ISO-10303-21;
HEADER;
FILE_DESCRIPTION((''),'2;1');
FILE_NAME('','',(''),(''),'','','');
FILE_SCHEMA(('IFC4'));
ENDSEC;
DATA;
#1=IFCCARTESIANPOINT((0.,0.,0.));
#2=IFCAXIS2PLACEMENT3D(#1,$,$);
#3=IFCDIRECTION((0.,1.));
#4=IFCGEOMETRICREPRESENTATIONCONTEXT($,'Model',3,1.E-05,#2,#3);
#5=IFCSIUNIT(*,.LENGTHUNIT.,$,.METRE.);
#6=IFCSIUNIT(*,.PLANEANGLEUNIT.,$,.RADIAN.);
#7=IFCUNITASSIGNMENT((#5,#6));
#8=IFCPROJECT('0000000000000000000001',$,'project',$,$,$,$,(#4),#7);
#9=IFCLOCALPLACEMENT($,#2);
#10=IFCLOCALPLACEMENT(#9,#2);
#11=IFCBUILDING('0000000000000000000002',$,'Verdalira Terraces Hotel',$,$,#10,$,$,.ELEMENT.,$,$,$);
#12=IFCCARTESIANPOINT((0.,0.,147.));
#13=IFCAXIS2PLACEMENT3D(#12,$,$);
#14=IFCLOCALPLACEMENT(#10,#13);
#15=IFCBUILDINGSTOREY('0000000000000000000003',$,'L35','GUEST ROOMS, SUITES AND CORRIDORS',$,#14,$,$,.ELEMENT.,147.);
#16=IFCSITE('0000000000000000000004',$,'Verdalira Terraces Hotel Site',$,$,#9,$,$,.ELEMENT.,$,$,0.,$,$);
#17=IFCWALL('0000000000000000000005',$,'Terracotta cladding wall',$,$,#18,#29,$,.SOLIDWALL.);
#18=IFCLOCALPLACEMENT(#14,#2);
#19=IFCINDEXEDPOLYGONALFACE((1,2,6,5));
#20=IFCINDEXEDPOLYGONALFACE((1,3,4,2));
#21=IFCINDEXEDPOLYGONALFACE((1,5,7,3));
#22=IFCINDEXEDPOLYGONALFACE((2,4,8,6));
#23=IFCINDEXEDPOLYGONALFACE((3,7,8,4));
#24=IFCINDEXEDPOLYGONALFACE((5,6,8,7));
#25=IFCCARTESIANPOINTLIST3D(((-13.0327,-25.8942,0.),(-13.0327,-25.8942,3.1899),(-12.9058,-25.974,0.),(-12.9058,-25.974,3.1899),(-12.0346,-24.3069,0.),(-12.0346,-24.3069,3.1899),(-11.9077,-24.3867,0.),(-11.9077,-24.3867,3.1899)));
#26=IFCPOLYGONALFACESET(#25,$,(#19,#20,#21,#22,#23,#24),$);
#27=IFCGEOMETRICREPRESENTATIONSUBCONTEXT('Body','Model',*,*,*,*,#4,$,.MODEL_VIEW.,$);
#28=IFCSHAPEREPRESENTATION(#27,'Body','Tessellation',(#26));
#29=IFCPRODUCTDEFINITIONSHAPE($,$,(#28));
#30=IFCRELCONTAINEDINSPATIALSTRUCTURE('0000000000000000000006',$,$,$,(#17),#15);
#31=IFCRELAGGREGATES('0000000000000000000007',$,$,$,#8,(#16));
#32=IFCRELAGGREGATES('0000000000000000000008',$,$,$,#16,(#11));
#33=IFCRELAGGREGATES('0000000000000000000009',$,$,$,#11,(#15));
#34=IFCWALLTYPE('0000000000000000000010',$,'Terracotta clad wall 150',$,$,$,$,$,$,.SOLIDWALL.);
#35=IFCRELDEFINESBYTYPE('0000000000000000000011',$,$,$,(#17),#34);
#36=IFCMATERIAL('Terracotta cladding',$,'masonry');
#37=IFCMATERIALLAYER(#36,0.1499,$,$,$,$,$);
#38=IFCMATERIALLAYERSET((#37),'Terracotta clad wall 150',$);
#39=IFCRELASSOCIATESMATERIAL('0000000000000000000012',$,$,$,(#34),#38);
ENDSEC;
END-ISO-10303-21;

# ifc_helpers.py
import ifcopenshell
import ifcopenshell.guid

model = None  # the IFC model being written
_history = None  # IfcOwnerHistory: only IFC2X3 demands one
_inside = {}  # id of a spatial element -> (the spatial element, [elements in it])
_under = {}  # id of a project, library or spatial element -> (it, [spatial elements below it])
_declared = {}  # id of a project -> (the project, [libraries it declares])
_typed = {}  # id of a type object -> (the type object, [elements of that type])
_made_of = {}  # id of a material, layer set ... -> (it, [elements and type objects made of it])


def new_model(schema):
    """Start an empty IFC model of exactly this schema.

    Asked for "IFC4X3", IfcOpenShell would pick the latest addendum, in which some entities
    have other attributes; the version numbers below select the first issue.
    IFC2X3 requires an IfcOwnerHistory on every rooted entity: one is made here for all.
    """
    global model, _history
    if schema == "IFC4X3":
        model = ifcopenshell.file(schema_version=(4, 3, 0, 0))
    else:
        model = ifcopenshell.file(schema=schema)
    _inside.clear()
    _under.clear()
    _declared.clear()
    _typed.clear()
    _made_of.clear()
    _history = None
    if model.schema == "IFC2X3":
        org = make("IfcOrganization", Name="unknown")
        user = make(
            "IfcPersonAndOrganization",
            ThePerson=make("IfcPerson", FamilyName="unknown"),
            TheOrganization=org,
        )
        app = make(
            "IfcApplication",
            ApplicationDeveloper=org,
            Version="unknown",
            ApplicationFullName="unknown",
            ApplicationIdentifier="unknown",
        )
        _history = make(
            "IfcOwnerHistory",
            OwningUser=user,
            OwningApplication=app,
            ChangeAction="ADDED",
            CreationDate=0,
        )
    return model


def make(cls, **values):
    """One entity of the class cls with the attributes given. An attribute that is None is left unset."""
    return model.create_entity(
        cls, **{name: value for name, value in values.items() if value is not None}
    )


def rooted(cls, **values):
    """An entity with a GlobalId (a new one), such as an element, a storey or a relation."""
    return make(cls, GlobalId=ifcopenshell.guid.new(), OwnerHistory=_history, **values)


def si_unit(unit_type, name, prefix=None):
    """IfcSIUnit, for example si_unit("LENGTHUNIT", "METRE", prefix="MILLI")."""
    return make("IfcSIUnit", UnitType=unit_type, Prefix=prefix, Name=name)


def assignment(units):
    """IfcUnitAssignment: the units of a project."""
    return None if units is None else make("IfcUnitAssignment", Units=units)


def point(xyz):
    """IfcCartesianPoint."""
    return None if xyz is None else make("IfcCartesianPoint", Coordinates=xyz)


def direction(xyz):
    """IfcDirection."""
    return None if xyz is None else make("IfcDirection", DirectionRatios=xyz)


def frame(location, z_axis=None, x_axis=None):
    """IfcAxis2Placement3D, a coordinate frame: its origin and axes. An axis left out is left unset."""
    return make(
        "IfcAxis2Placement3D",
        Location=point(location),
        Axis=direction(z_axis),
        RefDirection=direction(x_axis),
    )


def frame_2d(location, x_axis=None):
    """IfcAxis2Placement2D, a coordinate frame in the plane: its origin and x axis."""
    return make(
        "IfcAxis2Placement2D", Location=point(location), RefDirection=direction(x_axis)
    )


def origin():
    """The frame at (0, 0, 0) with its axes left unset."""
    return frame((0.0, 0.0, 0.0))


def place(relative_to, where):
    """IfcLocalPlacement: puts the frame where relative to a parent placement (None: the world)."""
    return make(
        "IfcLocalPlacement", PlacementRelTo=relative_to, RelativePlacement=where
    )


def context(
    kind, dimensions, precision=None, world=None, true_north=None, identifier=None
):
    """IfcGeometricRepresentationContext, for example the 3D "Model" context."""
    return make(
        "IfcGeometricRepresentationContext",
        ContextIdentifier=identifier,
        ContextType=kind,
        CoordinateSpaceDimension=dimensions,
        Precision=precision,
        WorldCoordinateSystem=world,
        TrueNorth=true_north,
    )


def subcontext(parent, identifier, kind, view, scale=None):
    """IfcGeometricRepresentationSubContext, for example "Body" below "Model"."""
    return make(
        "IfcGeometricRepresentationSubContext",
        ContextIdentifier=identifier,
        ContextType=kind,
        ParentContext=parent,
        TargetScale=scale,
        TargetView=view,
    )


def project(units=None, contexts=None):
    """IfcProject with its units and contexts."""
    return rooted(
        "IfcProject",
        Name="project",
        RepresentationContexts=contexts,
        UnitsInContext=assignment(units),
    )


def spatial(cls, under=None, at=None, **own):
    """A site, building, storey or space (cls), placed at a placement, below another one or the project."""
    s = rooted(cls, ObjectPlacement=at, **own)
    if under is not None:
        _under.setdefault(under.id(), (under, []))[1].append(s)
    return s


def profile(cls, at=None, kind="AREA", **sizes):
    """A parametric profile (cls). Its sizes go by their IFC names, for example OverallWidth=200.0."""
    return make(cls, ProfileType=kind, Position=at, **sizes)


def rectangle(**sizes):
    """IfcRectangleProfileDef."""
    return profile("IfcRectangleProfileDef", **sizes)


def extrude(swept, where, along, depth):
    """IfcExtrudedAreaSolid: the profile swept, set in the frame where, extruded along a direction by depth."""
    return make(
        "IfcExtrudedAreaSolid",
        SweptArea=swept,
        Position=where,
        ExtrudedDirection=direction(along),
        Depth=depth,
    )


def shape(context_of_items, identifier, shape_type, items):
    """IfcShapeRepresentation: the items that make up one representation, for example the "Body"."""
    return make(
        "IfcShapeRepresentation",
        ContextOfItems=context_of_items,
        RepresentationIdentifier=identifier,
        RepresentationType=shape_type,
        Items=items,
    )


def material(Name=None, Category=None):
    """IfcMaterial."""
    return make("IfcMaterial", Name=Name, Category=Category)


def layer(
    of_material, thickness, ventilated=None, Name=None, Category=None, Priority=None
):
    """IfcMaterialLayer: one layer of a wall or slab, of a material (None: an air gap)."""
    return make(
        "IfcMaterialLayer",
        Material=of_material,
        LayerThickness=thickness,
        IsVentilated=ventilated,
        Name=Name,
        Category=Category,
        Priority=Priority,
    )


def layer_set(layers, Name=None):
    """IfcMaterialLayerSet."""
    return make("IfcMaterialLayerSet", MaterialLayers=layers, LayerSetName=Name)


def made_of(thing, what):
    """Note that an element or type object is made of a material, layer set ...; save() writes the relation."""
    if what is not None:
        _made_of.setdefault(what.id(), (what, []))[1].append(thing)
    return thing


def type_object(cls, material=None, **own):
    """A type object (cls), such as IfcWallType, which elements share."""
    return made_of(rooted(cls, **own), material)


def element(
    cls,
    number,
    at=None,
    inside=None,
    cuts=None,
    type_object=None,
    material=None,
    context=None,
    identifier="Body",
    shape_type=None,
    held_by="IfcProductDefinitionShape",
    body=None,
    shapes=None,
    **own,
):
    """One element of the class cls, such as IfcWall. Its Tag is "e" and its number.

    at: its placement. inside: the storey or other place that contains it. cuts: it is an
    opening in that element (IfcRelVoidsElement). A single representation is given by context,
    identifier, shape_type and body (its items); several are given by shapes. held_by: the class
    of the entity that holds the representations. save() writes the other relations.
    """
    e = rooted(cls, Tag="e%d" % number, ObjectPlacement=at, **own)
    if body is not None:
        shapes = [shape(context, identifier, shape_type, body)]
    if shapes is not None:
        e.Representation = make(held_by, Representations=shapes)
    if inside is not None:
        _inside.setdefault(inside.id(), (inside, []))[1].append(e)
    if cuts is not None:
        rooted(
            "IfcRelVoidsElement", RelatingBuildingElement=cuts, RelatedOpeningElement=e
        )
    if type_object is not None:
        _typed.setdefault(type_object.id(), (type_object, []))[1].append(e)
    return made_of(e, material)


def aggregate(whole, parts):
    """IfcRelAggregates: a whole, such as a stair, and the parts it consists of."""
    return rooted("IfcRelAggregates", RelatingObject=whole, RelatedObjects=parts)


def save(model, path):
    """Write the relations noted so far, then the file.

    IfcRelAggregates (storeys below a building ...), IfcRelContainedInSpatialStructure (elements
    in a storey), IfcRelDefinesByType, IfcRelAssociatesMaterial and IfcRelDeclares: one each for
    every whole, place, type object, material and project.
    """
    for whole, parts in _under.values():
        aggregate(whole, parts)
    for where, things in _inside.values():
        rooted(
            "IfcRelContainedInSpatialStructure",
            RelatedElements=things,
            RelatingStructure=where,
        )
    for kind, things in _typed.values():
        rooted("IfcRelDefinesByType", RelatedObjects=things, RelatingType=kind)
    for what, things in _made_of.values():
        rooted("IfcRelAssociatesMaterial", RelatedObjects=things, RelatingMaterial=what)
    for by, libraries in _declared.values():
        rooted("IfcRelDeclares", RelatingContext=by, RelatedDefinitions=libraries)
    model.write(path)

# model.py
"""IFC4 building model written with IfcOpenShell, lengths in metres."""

from ifc_helpers import new_model, si_unit, direction, frame, frame_2d, origin, place, context, subcontext, project, spatial, rectangle, extrude, material, layer, layer_set, type_object, element, save


model = new_model("IFC4")

# Units and contexts
model_context = context("Model", 3, precision=1e-05, world=origin(), true_north=direction((0.0, 1.0)))
body_context = subcontext(model_context, "Body", "Model", "MODEL_VIEW")
ifc_project = project(units=[si_unit("LENGTHUNIT", "METRE"), si_unit("PLANEANGLEUNIT", "RADIAN")], contexts=[model_context])

# Site, building, storey
site_placement = place(None, origin())
site = spatial("IfcSite", under=ifc_project, at=site_placement, Name="Verdalira Terraces Hotel Site", CompositionType="ELEMENT", RefElevation=0.0)
building_placement = place(site_placement, origin())
building = spatial("IfcBuilding", under=site, at=building_placement, Name="Verdalira Terraces Hotel", CompositionType="ELEMENT")
storey_placement = place(building_placement, frame((0.0, 0.0, 147.0)))
storey = spatial("IfcBuildingStorey", under=building, at=storey_placement, Name="L35", Description="GUEST ROOMS, SUITES AND CORRIDORS", CompositionType="ELEMENT", Elevation=147.0)

# Wall
ifc_material_1 = material(Name="Terracotta cladding", Category="masonry")
ifc_layer_1 = layer(ifc_material_1, 0.1499)
ifc_layer_set_1 = layer_set([ifc_layer_1], Name="Terracotta clad wall 150")
wall_type_1 = type_object("IfcWallType", Name="Terracotta clad wall 150", PredefinedType="SOLIDWALL", material=ifc_layer_set_1)
for number, where, z_axis, x_axis, name in (
    (1, (-12.9692, -25.9341, 0.0), (0.0, 0.0, 1.0), (0.532326, 0.846539, 0.0), "Terracotta cladding wall"),
):
    element("IfcWall", number, at=place(storey_placement, frame(where, z_axis=z_axis, x_axis=x_axis)), inside=storey, type_object=wall_type_1, Name=name, PredefinedType="SOLIDWALL", context=body_context, shape_type="SweptSolid", body=[
        extrude(rectangle(XDim=1.875, YDim=0.1499, at=frame_2d((0.9375, 0.0))), origin(), (0.0, 0.0, 1.0), 3.1899),
    ])

save(model, "model.ifc")
